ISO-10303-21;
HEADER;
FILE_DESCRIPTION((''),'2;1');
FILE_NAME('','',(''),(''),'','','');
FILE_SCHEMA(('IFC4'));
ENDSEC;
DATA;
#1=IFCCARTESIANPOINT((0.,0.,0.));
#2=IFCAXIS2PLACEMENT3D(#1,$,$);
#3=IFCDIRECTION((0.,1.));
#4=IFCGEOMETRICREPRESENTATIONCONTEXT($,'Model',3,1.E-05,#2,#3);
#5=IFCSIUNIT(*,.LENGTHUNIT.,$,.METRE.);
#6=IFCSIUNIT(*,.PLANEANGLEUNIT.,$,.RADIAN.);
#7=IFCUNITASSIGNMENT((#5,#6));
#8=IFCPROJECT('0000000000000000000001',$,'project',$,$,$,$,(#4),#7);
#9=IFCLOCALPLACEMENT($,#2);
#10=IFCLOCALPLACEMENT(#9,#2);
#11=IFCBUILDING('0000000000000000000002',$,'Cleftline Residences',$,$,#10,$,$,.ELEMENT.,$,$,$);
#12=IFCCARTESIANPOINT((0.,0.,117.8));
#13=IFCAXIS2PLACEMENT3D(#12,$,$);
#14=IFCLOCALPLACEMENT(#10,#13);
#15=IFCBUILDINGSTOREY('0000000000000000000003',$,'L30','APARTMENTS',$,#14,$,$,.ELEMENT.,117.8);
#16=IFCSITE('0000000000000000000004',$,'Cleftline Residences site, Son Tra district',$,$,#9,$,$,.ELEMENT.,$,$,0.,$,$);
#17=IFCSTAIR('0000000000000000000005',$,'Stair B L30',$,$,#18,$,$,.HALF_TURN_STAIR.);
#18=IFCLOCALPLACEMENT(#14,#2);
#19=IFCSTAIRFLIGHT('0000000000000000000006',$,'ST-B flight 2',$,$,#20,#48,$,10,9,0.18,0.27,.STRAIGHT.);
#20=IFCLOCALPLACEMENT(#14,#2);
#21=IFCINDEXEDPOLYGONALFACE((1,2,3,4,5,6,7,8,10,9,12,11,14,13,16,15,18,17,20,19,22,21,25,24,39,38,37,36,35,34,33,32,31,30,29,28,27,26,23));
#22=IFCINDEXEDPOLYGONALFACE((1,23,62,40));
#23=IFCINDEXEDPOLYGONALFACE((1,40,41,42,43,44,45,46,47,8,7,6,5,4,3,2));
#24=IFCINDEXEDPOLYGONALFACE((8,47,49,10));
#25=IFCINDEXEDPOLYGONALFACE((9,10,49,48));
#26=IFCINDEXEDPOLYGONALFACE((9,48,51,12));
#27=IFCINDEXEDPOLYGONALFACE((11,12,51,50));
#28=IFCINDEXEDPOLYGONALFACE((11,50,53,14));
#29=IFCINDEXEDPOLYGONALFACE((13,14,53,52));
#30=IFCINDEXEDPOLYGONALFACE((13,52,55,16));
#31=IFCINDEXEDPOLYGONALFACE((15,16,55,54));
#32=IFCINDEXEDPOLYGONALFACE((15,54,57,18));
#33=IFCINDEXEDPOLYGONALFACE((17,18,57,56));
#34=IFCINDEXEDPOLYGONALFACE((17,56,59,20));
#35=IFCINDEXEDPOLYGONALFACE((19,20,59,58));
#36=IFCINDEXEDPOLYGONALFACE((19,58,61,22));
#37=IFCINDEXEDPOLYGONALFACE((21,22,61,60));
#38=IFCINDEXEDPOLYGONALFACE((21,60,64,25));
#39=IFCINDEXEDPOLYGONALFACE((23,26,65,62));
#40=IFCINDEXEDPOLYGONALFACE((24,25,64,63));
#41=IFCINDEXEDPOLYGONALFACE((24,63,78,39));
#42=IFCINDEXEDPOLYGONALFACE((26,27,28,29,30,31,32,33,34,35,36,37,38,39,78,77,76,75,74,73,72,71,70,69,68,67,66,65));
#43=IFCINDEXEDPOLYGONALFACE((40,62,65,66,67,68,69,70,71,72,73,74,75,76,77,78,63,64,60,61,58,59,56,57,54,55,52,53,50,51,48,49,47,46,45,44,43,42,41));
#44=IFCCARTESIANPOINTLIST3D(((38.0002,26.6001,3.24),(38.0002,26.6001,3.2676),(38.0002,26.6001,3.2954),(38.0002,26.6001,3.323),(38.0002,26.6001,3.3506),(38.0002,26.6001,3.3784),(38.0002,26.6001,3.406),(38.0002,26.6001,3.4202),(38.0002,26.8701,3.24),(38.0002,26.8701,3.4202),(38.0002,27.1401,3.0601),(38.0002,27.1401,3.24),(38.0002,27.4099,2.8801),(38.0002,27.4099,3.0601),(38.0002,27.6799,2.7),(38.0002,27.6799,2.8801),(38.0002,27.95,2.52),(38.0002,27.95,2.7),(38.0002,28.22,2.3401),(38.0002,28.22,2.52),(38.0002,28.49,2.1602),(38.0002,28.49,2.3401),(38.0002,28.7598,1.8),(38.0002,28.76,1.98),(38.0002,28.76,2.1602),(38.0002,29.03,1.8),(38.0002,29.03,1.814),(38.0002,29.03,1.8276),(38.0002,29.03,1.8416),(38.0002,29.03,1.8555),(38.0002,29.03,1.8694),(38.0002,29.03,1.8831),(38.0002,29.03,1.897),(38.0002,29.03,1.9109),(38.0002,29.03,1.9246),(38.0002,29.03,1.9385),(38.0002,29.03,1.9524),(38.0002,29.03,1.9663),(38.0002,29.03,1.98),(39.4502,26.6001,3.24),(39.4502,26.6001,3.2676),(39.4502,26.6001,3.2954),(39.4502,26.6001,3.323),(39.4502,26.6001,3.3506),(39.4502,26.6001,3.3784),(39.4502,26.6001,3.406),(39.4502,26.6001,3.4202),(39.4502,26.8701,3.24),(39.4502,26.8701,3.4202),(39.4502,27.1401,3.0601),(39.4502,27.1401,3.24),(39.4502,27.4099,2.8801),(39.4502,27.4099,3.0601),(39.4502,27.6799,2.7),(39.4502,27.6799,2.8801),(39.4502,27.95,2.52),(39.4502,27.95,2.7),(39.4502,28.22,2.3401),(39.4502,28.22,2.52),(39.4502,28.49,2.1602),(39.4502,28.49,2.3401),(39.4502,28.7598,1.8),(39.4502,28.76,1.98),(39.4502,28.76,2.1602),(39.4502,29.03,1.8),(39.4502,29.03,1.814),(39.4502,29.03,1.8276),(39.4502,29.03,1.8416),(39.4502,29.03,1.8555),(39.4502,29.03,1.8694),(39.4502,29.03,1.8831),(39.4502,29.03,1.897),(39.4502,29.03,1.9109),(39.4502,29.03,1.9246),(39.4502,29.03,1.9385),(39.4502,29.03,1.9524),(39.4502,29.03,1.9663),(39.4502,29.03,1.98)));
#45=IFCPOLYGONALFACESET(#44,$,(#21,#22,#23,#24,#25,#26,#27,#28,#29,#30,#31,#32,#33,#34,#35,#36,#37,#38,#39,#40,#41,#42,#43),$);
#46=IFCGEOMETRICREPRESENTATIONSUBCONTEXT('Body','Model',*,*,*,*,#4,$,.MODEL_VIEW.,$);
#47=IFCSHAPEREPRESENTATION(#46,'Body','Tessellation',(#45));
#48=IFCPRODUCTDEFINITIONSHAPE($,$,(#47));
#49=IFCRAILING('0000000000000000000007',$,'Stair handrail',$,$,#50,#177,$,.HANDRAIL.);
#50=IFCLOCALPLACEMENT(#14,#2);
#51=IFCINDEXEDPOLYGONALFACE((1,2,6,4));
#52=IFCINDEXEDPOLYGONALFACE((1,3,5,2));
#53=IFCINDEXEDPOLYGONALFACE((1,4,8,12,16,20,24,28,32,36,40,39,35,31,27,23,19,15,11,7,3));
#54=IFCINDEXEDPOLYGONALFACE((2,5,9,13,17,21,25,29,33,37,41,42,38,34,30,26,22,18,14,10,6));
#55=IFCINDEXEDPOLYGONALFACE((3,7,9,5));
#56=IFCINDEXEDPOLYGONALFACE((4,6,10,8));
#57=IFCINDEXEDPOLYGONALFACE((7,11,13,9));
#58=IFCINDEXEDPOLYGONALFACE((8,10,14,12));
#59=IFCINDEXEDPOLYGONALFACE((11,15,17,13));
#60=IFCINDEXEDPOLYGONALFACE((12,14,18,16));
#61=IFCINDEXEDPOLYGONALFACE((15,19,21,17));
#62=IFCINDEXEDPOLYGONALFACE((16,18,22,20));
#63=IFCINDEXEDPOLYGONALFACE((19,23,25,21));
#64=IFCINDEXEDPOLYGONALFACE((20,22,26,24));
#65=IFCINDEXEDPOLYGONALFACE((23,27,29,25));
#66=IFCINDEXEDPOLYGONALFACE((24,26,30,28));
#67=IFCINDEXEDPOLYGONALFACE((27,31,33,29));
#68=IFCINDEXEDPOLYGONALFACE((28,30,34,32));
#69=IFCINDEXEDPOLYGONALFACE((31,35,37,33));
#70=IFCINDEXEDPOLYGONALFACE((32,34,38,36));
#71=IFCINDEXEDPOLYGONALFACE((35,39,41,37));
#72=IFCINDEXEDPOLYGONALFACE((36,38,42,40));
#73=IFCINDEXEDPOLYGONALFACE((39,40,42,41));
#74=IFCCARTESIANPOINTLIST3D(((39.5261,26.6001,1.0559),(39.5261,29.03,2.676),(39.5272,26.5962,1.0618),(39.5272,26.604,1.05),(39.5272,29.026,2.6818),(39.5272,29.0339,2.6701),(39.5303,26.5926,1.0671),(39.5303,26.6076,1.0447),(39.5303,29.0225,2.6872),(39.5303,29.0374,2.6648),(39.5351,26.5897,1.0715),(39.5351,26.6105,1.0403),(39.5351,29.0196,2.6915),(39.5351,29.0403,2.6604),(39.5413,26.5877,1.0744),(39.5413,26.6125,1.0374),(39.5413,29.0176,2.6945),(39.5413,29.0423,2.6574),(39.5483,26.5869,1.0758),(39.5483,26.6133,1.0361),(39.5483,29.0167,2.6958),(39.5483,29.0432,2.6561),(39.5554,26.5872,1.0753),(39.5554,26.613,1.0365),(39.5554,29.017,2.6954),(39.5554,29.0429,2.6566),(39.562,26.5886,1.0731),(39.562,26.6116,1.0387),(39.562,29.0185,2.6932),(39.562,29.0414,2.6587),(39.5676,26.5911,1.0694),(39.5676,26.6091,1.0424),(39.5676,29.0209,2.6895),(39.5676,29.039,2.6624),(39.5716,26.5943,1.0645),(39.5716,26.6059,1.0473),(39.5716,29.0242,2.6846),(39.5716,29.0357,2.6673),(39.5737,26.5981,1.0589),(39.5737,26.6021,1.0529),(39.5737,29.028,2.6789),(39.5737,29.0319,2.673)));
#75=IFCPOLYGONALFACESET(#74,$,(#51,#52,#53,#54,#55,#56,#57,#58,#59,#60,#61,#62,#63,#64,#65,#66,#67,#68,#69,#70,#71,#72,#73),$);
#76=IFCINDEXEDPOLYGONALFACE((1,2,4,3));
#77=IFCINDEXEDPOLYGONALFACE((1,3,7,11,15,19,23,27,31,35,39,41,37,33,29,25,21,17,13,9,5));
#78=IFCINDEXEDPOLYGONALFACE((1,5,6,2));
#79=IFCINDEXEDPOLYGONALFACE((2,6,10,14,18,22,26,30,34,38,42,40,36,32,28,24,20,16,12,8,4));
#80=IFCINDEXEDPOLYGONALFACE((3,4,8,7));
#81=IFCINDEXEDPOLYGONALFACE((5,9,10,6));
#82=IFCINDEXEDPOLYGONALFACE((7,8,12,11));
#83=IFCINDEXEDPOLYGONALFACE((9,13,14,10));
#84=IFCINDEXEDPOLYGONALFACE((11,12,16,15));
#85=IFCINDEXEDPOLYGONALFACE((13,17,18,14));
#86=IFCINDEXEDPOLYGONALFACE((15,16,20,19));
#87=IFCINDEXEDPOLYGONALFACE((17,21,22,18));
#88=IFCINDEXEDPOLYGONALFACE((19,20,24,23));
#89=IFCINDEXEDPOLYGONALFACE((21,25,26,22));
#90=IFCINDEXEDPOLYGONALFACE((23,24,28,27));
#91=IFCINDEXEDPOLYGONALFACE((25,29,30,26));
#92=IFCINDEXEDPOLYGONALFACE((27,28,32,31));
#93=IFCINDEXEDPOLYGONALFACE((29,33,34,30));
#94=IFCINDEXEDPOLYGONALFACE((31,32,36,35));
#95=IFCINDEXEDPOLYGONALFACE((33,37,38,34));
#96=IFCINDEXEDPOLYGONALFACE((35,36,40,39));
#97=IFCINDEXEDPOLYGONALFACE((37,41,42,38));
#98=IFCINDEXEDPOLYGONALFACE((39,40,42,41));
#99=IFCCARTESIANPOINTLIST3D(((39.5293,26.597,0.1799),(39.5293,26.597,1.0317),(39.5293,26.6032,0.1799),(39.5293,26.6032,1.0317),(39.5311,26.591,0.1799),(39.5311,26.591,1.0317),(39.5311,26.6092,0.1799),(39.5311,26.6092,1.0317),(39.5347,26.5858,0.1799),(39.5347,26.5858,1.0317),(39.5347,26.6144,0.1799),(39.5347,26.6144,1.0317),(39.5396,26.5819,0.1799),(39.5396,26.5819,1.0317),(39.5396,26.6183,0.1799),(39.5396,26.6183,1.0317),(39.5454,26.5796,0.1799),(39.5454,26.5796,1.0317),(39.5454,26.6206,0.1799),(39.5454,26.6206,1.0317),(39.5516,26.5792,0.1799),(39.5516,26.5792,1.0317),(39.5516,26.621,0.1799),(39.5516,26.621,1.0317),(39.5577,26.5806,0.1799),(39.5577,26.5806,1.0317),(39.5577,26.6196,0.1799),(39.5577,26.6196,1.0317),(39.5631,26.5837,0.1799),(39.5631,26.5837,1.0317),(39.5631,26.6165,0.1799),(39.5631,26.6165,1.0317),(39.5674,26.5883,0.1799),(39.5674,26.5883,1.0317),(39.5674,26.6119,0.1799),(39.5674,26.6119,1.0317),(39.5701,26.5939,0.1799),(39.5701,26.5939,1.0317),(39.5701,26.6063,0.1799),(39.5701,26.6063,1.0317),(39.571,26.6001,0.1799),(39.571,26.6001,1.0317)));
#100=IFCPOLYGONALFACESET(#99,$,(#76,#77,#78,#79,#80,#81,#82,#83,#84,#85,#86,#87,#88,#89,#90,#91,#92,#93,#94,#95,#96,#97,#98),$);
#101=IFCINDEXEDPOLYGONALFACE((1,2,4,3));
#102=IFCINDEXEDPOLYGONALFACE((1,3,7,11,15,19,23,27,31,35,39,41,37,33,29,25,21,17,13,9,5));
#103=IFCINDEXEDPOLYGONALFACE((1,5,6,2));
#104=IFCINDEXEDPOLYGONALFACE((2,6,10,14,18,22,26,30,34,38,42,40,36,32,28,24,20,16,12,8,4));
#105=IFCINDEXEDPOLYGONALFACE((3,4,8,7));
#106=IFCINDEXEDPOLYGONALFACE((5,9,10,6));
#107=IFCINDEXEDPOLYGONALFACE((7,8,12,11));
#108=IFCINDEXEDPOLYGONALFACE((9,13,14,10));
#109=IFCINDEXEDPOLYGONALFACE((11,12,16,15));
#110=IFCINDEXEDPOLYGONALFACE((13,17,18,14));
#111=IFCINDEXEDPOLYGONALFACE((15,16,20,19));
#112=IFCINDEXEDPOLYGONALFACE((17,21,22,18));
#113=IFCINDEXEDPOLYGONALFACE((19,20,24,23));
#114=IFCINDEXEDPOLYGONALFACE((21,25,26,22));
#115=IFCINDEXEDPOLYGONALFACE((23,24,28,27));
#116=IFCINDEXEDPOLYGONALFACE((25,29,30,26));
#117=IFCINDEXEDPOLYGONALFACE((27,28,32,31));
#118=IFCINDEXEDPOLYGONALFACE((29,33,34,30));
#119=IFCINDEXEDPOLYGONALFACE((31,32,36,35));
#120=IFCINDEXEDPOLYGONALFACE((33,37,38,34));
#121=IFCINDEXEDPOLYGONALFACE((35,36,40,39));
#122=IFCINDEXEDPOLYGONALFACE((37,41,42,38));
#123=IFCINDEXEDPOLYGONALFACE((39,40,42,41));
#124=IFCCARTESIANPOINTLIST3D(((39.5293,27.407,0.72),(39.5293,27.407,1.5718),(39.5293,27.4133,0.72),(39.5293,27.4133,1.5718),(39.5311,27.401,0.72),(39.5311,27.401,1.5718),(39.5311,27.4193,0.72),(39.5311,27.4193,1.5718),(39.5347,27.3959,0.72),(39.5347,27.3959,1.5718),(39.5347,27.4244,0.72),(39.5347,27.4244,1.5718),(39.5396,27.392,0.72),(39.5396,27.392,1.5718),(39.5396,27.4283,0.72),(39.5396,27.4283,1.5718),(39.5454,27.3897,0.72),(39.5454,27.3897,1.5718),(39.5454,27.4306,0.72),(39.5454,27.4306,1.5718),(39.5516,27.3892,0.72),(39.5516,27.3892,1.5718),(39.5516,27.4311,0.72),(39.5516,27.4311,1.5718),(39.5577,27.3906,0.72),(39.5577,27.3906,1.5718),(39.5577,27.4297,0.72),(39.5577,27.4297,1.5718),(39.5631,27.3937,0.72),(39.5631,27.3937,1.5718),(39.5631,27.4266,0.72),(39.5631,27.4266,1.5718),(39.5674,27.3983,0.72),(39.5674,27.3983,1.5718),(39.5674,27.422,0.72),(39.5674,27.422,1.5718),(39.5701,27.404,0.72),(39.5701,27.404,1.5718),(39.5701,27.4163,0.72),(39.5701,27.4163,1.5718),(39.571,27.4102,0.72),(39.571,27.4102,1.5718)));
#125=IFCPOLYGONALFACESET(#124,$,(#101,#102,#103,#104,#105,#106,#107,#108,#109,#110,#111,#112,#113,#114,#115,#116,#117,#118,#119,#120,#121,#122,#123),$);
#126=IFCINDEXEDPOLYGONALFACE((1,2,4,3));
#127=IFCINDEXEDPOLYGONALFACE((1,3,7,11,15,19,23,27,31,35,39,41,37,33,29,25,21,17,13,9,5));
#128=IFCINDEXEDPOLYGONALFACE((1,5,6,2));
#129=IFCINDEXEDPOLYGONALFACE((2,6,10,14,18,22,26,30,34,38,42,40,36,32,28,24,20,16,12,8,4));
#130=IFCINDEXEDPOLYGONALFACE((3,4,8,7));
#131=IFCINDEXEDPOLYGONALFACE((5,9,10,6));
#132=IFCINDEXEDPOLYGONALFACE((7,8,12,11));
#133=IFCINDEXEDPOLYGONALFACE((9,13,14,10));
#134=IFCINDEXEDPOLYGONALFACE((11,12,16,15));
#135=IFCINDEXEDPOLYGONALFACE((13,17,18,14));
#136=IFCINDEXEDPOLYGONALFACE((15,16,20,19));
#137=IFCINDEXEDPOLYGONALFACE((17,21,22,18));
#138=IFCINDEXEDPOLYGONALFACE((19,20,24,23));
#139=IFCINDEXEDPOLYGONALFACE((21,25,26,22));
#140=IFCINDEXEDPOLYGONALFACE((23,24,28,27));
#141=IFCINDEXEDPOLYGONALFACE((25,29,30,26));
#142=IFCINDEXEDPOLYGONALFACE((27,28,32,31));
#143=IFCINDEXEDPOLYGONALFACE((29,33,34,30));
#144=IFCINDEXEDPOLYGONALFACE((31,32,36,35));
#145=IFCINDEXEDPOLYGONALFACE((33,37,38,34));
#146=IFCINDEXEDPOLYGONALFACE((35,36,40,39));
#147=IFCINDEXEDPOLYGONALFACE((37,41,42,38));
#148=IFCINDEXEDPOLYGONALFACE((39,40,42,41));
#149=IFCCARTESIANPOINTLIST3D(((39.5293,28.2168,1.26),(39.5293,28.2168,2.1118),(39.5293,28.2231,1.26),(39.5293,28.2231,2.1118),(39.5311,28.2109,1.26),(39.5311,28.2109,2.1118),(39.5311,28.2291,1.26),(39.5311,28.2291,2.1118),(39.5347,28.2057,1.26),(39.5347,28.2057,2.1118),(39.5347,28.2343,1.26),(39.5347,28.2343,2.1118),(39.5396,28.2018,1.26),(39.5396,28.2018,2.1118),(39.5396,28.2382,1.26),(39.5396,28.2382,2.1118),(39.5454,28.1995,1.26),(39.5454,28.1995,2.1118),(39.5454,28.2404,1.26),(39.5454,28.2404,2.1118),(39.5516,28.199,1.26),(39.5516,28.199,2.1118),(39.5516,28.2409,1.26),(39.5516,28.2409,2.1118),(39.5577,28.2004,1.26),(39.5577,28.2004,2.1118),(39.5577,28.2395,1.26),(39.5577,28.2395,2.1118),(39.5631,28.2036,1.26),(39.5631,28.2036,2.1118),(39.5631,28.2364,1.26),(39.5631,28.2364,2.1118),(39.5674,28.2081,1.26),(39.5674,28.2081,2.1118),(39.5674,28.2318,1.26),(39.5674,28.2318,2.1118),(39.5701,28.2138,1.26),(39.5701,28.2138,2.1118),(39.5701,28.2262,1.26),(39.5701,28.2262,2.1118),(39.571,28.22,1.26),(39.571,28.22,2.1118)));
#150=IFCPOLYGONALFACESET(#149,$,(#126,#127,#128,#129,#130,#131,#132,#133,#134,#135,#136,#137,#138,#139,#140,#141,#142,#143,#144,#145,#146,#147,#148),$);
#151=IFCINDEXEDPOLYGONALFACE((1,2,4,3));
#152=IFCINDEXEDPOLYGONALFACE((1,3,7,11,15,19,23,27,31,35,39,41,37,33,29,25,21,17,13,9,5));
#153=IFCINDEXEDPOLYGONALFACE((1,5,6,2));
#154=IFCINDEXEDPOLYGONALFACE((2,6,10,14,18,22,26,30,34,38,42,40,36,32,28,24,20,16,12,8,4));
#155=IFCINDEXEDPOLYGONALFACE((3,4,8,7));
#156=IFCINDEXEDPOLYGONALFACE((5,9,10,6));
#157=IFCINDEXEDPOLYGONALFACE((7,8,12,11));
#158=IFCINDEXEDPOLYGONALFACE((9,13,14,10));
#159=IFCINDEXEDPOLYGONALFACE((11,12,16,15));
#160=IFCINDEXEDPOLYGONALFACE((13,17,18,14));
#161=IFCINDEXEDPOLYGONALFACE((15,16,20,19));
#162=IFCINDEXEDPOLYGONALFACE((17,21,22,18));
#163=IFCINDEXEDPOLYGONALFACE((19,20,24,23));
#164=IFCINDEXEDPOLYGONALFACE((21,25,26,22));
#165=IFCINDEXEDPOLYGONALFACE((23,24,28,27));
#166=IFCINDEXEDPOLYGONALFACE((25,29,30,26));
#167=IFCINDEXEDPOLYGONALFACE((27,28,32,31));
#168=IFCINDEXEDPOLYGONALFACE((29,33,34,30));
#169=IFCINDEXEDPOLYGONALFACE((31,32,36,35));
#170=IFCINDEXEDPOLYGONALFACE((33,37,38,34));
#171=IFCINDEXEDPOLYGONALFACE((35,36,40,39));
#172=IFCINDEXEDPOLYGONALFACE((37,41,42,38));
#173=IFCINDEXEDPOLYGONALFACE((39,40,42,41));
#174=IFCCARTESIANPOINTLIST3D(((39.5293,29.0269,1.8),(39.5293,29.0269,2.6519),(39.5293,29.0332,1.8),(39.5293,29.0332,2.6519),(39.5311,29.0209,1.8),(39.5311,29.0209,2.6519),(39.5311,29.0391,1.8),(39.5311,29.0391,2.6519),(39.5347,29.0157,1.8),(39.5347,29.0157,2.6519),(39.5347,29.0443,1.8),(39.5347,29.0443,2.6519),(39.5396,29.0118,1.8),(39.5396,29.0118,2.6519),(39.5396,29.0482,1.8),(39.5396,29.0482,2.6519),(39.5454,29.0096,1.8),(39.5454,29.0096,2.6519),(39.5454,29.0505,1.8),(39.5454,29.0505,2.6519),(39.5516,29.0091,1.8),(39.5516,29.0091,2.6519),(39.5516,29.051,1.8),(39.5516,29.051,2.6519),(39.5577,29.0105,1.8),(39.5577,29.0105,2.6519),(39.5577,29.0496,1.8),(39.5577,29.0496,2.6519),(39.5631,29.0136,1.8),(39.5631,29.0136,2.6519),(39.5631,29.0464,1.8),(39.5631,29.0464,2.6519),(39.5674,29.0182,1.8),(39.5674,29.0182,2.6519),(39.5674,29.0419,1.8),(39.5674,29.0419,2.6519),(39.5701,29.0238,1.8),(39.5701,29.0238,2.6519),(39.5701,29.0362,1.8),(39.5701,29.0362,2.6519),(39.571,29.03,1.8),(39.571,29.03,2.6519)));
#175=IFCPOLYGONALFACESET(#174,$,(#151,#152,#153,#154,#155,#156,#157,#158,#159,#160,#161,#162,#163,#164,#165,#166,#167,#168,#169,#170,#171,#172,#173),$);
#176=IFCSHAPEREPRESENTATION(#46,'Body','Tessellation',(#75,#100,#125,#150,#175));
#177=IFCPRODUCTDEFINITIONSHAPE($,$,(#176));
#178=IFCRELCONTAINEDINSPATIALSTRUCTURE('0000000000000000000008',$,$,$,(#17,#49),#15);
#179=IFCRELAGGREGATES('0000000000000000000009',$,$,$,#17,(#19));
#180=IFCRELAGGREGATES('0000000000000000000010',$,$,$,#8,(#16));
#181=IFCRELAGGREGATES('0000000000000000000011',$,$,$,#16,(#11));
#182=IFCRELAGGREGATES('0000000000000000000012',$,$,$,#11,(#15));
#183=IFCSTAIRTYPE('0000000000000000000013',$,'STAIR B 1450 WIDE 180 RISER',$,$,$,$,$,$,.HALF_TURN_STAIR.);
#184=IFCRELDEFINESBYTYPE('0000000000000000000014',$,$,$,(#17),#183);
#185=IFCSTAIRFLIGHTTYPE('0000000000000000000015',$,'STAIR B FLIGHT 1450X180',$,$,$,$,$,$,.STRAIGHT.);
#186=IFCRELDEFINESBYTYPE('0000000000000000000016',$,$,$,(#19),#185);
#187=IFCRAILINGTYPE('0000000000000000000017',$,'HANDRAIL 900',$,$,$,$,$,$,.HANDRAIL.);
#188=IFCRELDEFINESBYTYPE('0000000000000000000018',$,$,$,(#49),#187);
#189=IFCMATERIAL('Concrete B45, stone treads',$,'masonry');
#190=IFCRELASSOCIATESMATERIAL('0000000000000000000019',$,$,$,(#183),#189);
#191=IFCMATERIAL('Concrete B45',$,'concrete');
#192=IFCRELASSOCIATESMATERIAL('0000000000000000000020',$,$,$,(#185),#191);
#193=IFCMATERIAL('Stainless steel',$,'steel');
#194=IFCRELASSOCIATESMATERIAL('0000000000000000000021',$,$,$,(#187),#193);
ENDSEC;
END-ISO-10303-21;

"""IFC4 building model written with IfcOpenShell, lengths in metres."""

from ifc_helpers import new_model, si_unit, direction, frame, origin, origin_2d, place, context, subcontext, project, spatial, polyline, circle, outline, extrude, material, type_object, element, aggregate, save


model = new_model("IFC4")

# Units and contexts
model_context = context("Model", 3, precision=1e-05, world=origin(), true_north=direction((0.0, 1.0)))
body_context = subcontext(model_context, "Body", "Model", "MODEL_VIEW")
ifc_project = project(units=[si_unit("LENGTHUNIT", "METRE"), si_unit("PLANEANGLEUNIT", "RADIAN")], contexts=[model_context])

# Site, building, storey
site_placement = place(None, origin())
site = spatial("IfcSite", under=ifc_project, at=site_placement, Name="Cleftline Residences site, Son Tra district", CompositionType="ELEMENT", RefElevation=0.0)
building_placement = place(site_placement, origin())
building = spatial("IfcBuilding", under=site, at=building_placement, Name="Cleftline Residences", CompositionType="ELEMENT")
storey_placement = place(building_placement, frame((0.0, 0.0, 117.8)))
storey = spatial("IfcBuildingStorey", under=building, at=storey_placement, Name="L30", Description="APARTMENTS", CompositionType="ELEMENT", Elevation=117.8)

# Stair, stair flight
ifc_material_1 = material(Name="Concrete B45, stone treads", Category="masonry")
stair_type = type_object("IfcStairType", Name="STAIR B 1450 WIDE 180 RISER", PredefinedType="HALF_TURN_STAIR", material=ifc_material_1)
stair_placement = place(storey_placement, origin())
stair = element("IfcStair", 1, at=stair_placement, inside=storey, type_object=stair_type, Name="Stair B L30", PredefinedType="HALF_TURN_STAIR")
ifc_material_2 = material(Name="Concrete B45", Category="concrete")
stair_flight_type = type_object("IfcStairFlightType", Name="STAIR B FLIGHT 1450X180", PredefinedType="STRAIGHT", material=ifc_material_2)
stair_flight_1_placement = place(storey_placement, frame((38.7251, 29.03, 1.8), z_axis=(0.0, 0.0, 1.0), x_axis=(0.0, -1.0, 0.0)))
stair_flight_1 = element("IfcStairFlight", 2, at=stair_flight_1_placement, type_object=stair_flight_type, Name="ST-B flight 2", NumberOfRisers=10, NumberOfTreads=9, PredefinedType="STRAIGHT", RiserHeight=0.18, TreadLength=0.27, context=body_context, shape_type="SweptSolid", body=[
    extrude(outline(polyline([(0.0, 0.0), (0.0, 0.0139), (0.0, 0.0276), (0.0, 0.0415), (0.0, 0.0554), (0.0, 0.0693), (0.0, 0.083), (0.0, 0.0969), (0.0, 0.1108), (0.0, 0.1245), (0.0, 0.1384), (0.0, 0.1523), (0.0, 0.1663), (0.0, 0.1799), (0.27, 0.1799), (0.27, 0.3601), (0.54, 0.3601), (0.54, 0.54), (0.8101, 0.54), (0.8101, 0.72), (1.0801, 0.72), (1.0801, 0.8999), (1.3501, 0.8999), (1.3501, 1.0801), (1.6201, 1.0801), (1.6201, 1.26), (1.8899, 1.26), (1.8899, 1.4399), (2.1599, 1.4399), (2.1599, 1.6201), (2.4299, 1.6201), (2.4299, 1.8), (2.4299, 1.7722), (2.4299, 1.7446), (2.4299, 1.7168), (2.4299, 1.6892), (2.4299, 1.6614), (2.4299, 1.6338), (2.4299, 1.606), (2.4299, 1.5784), (2.4299, 1.5505), (2.4299, 1.5229), (2.4299, 1.4954), (2.4299, 1.4675), (2.4299, 1.4399), (0.2703, 0.0), (0.0, 0.0)])), frame((0.0, 0.7251, 0.0), z_axis=(0.0, -1.0, 0.0), x_axis=(1.0, 0.0, 0.0)), (0.0, 0.0, 1.0), 1.45),
])
aggregate(stair, [stair_flight_1])

# Railing
ifc_material_3 = material(Name="Stainless steel", Category="steel")
railing_type = type_object("IfcRailingType", Name="HANDRAIL 900", PredefinedType="HANDRAIL", material=ifc_material_3)
railing_1_placement = place(storey_placement, frame((39.55, 26.6001, 0.1799)))
element("IfcRailing", 3, at=railing_1_placement, inside=storey, type_object=railing_type, Name="Stair handrail", PredefinedType="HANDRAIL", context=body_context, shape_type="SweptSolid", body=[
    extrude(circle(Radius=0.0239, at=origin_2d()), frame((0.0, 0.0, 0.876), z_axis=(0.0, 0.832025, 0.554739), x_axis=(-1.0, 0.0, 0.0)), (0.0, 0.0, 1.0), 2.9204),
    extrude(circle(Radius=0.021, at=origin_2d()), origin(), (0.0, 0.0, 1.0), 0.8518),
    extrude(circle(Radius=0.021, at=origin_2d()), frame((0.0, 0.8101, 0.54)), (0.0, 0.0, 1.0), 0.8518),
    extrude(circle(Radius=0.021, at=origin_2d()), frame((0.0, 1.6199, 1.0801)), (0.0, 0.0, 1.0), 0.8518),
    extrude(circle(Radius=0.021, at=origin_2d()), frame((0.0, 2.4299, 1.6201)), (0.0, 0.0, 1.0), 0.8518),
])

save(model, "model.ifc")
